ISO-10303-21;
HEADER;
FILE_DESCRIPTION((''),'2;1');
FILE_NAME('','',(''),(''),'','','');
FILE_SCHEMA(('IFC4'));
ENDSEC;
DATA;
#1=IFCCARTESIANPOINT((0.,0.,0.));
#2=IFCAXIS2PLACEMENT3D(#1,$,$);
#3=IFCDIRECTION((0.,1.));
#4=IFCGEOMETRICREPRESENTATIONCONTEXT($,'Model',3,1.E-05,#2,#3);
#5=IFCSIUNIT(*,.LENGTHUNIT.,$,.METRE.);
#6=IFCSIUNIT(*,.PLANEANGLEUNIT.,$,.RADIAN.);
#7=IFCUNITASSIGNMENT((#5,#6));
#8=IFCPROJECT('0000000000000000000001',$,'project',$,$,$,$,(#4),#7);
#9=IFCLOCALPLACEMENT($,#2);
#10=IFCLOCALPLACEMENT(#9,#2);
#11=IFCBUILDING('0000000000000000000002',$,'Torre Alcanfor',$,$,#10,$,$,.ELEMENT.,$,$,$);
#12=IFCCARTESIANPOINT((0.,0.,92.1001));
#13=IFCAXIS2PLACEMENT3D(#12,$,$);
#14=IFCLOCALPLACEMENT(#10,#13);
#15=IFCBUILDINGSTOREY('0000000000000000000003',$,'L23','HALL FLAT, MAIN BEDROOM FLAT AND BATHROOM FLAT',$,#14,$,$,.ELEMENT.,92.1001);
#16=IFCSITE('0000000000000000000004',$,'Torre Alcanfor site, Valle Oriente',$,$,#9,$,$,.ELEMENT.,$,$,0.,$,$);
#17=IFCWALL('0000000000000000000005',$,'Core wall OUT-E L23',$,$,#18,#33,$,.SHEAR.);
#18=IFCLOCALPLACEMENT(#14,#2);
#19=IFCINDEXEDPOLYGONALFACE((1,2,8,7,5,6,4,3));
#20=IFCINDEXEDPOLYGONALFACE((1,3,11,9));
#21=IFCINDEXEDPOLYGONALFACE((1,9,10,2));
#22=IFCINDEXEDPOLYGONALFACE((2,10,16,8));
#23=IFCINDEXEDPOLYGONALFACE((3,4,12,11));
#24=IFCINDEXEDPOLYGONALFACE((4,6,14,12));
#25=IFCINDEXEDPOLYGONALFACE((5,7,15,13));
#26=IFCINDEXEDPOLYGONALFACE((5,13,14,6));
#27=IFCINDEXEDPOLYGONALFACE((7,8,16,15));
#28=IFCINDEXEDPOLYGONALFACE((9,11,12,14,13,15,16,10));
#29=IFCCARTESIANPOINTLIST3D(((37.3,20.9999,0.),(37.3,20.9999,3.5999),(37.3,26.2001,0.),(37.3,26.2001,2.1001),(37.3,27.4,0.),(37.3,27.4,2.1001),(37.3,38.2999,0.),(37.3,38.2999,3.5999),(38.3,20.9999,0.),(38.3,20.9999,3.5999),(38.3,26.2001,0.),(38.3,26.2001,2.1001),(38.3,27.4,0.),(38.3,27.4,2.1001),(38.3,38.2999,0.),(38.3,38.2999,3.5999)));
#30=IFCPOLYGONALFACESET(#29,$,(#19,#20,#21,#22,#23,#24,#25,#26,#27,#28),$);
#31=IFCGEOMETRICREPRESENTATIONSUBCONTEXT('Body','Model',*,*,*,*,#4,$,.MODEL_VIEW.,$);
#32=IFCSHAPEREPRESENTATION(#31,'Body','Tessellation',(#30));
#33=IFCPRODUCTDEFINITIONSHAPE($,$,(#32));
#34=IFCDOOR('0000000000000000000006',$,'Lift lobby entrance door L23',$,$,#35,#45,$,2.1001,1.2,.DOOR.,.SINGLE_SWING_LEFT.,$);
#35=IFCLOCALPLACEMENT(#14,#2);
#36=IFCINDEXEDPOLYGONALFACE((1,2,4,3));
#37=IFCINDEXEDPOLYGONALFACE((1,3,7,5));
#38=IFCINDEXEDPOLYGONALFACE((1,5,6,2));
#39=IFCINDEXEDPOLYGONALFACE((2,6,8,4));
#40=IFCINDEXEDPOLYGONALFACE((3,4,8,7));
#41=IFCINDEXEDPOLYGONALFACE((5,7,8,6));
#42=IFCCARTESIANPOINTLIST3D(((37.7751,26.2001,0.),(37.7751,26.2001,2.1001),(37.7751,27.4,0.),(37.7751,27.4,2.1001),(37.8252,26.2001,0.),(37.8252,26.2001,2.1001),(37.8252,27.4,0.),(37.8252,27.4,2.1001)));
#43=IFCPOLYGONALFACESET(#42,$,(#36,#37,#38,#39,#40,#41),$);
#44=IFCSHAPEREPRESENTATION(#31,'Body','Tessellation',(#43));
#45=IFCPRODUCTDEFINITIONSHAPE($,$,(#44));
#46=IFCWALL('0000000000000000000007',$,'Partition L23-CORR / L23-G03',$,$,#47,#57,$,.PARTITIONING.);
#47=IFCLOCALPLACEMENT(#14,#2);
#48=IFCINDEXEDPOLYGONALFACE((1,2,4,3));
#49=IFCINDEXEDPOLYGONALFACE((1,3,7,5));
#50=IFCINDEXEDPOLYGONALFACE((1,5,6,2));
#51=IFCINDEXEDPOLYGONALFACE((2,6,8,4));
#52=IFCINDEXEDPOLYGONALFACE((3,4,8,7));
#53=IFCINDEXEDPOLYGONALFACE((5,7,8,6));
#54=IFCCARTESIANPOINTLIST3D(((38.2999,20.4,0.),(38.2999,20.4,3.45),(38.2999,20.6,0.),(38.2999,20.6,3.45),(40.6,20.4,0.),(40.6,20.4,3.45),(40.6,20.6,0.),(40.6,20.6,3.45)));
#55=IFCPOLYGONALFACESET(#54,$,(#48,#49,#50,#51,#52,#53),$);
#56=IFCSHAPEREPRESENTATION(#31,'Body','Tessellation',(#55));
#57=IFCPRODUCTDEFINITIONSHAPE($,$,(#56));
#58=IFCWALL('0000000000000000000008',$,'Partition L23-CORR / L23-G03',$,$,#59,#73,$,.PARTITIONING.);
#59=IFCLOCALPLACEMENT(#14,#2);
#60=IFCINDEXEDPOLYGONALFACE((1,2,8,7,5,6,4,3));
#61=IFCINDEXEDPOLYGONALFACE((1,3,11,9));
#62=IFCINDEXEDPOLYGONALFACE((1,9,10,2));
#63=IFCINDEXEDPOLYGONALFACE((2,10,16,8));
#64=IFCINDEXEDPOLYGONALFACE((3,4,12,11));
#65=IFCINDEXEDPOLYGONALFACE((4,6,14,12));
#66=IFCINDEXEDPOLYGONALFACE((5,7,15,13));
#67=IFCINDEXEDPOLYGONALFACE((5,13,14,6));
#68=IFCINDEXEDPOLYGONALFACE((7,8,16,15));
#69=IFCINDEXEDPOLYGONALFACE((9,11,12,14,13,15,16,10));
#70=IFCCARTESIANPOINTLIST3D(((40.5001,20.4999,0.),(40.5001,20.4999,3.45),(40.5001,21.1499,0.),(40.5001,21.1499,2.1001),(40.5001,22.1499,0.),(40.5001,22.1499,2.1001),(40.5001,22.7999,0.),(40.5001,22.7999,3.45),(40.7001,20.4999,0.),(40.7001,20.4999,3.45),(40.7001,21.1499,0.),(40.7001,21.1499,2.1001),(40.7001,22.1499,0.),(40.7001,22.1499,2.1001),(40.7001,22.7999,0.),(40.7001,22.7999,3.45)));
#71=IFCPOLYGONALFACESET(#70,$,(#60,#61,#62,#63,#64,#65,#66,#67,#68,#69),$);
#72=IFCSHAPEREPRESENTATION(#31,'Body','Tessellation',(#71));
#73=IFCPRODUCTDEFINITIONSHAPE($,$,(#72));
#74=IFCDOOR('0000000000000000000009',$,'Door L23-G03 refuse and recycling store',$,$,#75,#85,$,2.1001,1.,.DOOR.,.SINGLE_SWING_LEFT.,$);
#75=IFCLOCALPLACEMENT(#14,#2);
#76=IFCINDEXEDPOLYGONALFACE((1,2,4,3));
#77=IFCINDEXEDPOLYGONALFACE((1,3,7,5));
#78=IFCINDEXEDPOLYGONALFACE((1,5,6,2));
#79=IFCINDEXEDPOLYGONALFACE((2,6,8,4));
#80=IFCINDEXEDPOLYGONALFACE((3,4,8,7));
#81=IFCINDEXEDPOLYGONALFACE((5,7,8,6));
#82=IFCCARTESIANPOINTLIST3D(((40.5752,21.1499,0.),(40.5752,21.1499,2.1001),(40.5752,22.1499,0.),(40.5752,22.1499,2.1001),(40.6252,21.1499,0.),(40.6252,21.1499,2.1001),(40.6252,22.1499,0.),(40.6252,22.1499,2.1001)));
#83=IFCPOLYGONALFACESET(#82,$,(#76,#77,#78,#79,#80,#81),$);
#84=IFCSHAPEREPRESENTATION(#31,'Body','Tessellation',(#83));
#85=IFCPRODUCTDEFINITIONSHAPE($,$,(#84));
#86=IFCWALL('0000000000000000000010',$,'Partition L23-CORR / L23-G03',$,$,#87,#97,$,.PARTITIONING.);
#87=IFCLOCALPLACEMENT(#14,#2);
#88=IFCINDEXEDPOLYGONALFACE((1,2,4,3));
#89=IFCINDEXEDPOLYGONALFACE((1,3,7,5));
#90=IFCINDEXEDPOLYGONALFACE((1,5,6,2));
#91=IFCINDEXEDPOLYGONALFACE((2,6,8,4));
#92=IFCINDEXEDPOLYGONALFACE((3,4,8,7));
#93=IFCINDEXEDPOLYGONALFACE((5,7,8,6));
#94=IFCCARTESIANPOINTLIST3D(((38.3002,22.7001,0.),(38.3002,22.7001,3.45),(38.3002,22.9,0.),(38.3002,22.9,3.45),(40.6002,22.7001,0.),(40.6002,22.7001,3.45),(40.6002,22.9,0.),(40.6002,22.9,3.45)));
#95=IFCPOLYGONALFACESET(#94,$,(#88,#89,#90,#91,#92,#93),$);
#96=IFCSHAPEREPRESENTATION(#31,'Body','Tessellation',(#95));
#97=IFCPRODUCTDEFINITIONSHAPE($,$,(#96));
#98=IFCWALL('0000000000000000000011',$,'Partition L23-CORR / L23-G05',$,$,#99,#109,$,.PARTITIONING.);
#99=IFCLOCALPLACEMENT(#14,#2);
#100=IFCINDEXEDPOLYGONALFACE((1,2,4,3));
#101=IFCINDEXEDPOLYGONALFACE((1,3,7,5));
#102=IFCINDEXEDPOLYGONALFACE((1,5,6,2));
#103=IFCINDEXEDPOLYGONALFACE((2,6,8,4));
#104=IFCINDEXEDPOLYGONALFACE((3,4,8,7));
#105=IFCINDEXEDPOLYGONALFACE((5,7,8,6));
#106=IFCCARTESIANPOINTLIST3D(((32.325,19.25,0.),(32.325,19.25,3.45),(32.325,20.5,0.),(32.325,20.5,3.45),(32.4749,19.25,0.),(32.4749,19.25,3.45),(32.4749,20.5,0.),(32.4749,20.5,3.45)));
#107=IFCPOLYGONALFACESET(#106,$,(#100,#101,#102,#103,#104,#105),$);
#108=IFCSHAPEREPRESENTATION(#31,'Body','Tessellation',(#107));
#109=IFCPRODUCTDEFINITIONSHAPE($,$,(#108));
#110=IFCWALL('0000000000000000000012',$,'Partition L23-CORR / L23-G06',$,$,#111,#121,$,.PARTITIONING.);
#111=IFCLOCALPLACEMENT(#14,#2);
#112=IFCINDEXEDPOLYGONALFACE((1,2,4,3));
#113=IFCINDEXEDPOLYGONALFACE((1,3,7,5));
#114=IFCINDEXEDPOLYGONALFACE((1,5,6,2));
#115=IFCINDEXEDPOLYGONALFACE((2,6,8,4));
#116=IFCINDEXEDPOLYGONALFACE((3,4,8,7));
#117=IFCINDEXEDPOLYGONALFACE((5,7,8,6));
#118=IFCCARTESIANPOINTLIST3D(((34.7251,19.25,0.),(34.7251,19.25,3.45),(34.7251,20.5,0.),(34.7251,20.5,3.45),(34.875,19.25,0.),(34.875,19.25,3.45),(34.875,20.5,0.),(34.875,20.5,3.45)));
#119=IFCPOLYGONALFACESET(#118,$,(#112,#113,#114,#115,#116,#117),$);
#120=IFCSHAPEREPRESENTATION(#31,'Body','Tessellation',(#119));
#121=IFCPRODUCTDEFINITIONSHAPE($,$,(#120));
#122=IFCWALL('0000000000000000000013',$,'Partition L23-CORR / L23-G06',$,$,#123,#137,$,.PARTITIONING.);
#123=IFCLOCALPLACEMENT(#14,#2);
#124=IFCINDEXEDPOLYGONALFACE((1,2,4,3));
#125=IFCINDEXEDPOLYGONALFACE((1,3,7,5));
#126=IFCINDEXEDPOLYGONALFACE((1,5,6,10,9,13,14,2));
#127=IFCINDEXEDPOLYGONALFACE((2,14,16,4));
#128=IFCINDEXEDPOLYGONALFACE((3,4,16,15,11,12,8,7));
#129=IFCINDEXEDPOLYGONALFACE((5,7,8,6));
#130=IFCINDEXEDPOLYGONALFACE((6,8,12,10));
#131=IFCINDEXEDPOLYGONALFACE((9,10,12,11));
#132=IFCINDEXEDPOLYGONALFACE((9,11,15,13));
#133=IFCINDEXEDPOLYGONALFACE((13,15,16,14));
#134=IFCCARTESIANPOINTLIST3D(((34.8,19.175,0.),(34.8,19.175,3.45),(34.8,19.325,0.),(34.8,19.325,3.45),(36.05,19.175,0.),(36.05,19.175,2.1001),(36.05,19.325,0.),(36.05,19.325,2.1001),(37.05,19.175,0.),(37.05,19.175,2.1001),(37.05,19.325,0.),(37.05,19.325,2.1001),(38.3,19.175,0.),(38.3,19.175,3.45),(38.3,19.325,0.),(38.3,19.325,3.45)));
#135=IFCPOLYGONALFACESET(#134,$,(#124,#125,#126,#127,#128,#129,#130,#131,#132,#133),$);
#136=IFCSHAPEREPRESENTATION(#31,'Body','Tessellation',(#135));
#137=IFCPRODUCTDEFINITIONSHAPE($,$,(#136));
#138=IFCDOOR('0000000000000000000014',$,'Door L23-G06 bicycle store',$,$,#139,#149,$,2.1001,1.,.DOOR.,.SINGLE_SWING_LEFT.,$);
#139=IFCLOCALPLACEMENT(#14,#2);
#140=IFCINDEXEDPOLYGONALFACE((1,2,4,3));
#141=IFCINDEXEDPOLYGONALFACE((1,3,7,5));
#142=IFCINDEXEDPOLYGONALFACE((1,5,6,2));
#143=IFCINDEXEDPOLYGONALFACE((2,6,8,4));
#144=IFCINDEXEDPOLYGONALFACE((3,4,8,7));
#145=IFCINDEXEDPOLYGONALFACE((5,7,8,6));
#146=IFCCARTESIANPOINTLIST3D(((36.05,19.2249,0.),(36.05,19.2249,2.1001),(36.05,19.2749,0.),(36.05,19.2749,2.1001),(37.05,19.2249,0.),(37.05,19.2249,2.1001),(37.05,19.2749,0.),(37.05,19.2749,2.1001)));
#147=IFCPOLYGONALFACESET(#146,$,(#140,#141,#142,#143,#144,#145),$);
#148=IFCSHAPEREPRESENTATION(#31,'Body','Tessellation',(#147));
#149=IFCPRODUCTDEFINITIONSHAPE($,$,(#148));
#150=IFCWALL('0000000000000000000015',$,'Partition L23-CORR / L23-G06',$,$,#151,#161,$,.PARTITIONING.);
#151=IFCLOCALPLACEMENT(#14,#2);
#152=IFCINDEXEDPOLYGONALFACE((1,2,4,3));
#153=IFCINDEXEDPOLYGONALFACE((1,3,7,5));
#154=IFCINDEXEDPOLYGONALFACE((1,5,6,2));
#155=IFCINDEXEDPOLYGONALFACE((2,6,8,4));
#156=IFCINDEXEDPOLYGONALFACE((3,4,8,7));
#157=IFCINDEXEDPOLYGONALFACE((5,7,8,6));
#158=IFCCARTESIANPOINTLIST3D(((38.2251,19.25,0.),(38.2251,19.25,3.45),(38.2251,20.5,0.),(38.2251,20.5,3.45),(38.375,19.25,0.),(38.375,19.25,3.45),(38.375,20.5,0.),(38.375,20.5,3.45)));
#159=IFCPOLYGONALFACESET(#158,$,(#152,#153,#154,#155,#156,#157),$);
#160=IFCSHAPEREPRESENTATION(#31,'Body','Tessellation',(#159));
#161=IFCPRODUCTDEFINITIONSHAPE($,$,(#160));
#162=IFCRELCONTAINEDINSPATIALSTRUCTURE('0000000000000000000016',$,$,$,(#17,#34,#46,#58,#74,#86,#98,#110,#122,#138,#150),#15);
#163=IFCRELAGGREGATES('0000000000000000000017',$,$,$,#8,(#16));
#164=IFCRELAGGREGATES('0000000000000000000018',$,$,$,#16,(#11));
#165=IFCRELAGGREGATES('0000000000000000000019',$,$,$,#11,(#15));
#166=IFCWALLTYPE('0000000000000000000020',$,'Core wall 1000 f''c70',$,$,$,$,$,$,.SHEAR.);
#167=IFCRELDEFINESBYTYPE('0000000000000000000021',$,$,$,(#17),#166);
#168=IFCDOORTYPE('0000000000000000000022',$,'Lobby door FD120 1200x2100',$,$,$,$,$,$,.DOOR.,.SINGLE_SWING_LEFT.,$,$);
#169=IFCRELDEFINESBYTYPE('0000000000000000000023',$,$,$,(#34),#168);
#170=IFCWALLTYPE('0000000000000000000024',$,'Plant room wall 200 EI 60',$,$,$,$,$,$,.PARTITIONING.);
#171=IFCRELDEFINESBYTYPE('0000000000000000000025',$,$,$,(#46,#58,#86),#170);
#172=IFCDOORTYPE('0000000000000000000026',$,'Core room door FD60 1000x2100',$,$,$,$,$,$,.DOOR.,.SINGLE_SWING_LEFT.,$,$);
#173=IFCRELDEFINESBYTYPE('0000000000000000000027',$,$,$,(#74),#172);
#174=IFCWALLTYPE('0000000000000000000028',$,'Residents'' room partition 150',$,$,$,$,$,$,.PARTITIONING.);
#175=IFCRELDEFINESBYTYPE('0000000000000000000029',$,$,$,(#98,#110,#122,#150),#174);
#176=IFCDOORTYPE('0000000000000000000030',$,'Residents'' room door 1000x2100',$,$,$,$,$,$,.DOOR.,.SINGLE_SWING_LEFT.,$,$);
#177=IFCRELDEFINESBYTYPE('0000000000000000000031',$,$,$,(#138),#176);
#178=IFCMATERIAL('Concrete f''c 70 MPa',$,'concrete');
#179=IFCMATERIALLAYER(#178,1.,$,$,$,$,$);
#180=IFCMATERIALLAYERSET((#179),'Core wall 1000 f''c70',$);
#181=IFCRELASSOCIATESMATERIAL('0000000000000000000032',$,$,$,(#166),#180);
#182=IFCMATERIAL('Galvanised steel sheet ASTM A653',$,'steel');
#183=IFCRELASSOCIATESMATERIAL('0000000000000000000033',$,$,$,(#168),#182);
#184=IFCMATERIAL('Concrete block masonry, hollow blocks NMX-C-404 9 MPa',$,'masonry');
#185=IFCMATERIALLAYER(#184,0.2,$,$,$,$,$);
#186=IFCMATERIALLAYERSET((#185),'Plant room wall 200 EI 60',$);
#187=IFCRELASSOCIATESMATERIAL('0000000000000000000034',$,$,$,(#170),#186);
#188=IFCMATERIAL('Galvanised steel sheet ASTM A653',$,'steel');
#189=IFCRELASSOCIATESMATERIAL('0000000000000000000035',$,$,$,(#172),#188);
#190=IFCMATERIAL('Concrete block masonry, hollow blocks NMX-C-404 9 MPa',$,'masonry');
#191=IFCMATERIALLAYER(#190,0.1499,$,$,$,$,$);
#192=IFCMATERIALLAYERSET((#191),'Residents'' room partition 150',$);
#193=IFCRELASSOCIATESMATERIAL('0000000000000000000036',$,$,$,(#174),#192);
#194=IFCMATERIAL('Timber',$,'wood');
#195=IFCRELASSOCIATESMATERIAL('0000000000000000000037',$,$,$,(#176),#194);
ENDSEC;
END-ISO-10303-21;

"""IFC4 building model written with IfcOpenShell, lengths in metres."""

from ifc_helpers import new_model, si_unit, direction, frame, frame_2d, origin, place, context, subcontext, project, spatial, rectangle, extrude, material, layer, layer_set, type_object, element, fill, save


model = new_model("IFC4")

# Units and contexts
model_context = context("Model", 3, precision=1e-05, world=origin(), true_north=direction((0.0, 1.0)))
body_context = subcontext(model_context, "Body", "Model", "MODEL_VIEW")
ifc_project = project(units=[si_unit("LENGTHUNIT", "METRE"), si_unit("PLANEANGLEUNIT", "RADIAN")], contexts=[model_context])

# Site, building, storey
site_placement = place(None, origin())
site = spatial("IfcSite", under=ifc_project, at=site_placement, Name="Torre Alcanfor site, Valle Oriente", CompositionType="ELEMENT", RefElevation=0.0)
building_placement = place(site_placement, origin())
building = spatial("IfcBuilding", under=site, at=building_placement, Name="Torre Alcanfor", CompositionType="ELEMENT")
storey_placement = place(building_placement, frame((0.0, 0.0, 92.1001)))
storey = spatial("IfcBuildingStorey", under=building, at=storey_placement, Name="L23", Description="HALL FLAT, MAIN BEDROOM FLAT AND BATHROOM FLAT", CompositionType="ELEMENT", Elevation=92.1001)

# Wall, opening, door
ifc_material_1 = material(Name="Concrete f'c 70 MPa", Category="concrete")
ifc_layer_1 = layer(ifc_material_1, 1.0)
ifc_layer_set_1 = layer_set([ifc_layer_1], Name="Core wall 1000 f'c70")
wall_type_1 = type_object("IfcWallType", Name="Core wall 1000 f'c70", PredefinedType="SHEAR", material=ifc_layer_set_1)
wall_1_placement = place(storey_placement, frame((37.8, 21.0, 0.0), z_axis=(0.0, 0.0, 1.0), x_axis=(0.0, 1.0, 0.0)))
wall_1 = element("IfcWall", 1, at=wall_1_placement, inside=storey, type_object=wall_type_1, Name="Core wall OUT-E L23", PredefinedType="SHEAR", context=body_context, shape_type="SweptSolid", body=[
    extrude(rectangle(XDim=17.3, YDim=1.0, at=frame_2d((8.6499, 0.0))), origin(), (0.0, 0.0, 1.0), 3.5999),
])
opening_1_placement = place(wall_1_placement, frame((5.2, 0.0, 0.0)))
opening_1 = element("IfcOpeningElement", 2, at=opening_1_placement, cuts=wall_1, PredefinedType="OPENING", context=body_context, shape_type="SweptSolid", body=[
    extrude(rectangle(XDim=1.2, YDim=2.1001, at=frame_2d((0.6001, 1.05))), frame((0.0, 0.51, 0.0), z_axis=(0.0, -1.0, 0.0), x_axis=(1.0, 0.0, 0.0)), (0.0, 0.0, 1.0), 1.02),
])
ifc_material_2 = material(Name="Galvanised steel sheet ASTM A653", Category="steel")
door_type_1 = type_object("IfcDoorType", Name="Lobby door FD120 1200x2100", OperationType="SINGLE_SWING_LEFT", PredefinedType="DOOR", material=ifc_material_2)
door_1_placement = place(opening_1_placement, origin())
door_1 = element("IfcDoor", 3, at=door_1_placement, inside=storey, type_object=door_type_1, Name="Lift lobby entrance door L23", OperationType="SINGLE_SWING_LEFT", OverallHeight=2.1001, OverallWidth=1.2, PredefinedType="DOOR", context=body_context, shape_type="SweptSolid", body=[
    extrude(rectangle(XDim=1.2, YDim=2.1001, at=frame_2d((0.6001, 1.05))), frame((0.0, 0.0249, 0.0), z_axis=(0.0, -1.0, 0.0), x_axis=(1.0, 0.0, 0.0)), (0.0, 0.0, 1.0), 0.05),
])
fill(opening_1, door_1)

# Wall
ifc_material_3 = material(Name="Concrete block masonry, hollow blocks NMX-C-404 9 MPa", Category="masonry")
ifc_layer_2 = layer(ifc_material_3, 0.2)
ifc_layer_set_2 = layer_set([ifc_layer_2], Name="Plant room wall 200 EI 60")
wall_type_2 = type_object("IfcWallType", Name="Plant room wall 200 EI 60", PredefinedType="PARTITIONING", material=ifc_layer_set_2)
wall_2_placement = place(storey_placement, frame((38.3, 20.5, 0.0), z_axis=(0.0, 0.0, 1.0), x_axis=(1.0, 0.0, 0.0)))
element("IfcWall", 4, at=wall_2_placement, inside=storey, type_object=wall_type_2, Name="Partition L23-CORR / L23-G03", PredefinedType="PARTITIONING", context=body_context, shape_type="SweptSolid", body=[
    extrude(rectangle(XDim=2.3, YDim=0.2, at=frame_2d((1.1499, 0.0))), origin(), (0.0, 0.0, 1.0), 3.45),
])

# Wall, opening, door
wall_3_placement = place(storey_placement, frame((40.6001, 20.5, 0.0), z_axis=(0.0, 0.0, 1.0), x_axis=(0.0, 1.0, 0.0)))
wall_3 = element("IfcWall", 5, at=wall_3_placement, inside=storey, type_object=wall_type_2, Name="Partition L23-CORR / L23-G03", PredefinedType="PARTITIONING", context=body_context, shape_type="SweptSolid", body=[
    extrude(rectangle(XDim=2.3, YDim=0.2, at=frame_2d((1.1499, 0.0))), origin(), (0.0, 0.0, 1.0), 3.45),
])
opening_2_placement = place(wall_3_placement, frame((0.6499, 0.0, 0.0)))
opening_2 = element("IfcOpeningElement", 6, at=opening_2_placement, cuts=wall_3, PredefinedType="OPENING", context=body_context, shape_type="SweptSolid", body=[
    extrude(rectangle(XDim=1.0, YDim=2.1001, at=frame_2d((0.5, 1.05))), frame((0.0, 0.1099, 0.0), z_axis=(0.0, -1.0, 0.0), x_axis=(1.0, 0.0, 0.0)), (0.0, 0.0, 1.0), 0.22),
])
ifc_material_4 = material(Name="Galvanised steel sheet ASTM A653", Category="steel")
door_type_2 = type_object("IfcDoorType", Name="Core room door FD60 1000x2100", OperationType="SINGLE_SWING_LEFT", PredefinedType="DOOR", material=ifc_material_4)
door_2_placement = place(opening_2_placement, origin())
door_2 = element("IfcDoor", 7, at=door_2_placement, inside=storey, type_object=door_type_2, Name="Door L23-G03 refuse and recycling store", OperationType="SINGLE_SWING_LEFT", OverallHeight=2.1001, OverallWidth=1.0, PredefinedType="DOOR", context=body_context, shape_type="SweptSolid", body=[
    extrude(rectangle(XDim=1.0, YDim=2.1001, at=frame_2d((0.5, 1.05))), frame((0.0, 0.0249, 0.0), z_axis=(0.0, -1.0, 0.0), x_axis=(1.0, 0.0, 0.0)), (0.0, 0.0, 1.0), 0.05),
])
fill(opening_2, door_2)

# Walls
wall_4_placement = place(storey_placement, frame((40.6001, 22.8, 0.0), z_axis=(0.0, 0.0, 1.0), x_axis=(-1.0, 0.0, 0.0)))
element("IfcWall", 8, at=wall_4_placement, inside=storey, type_object=wall_type_2, Name="Partition L23-CORR / L23-G03", PredefinedType="PARTITIONING", context=body_context, shape_type="SweptSolid", body=[
    extrude(rectangle(XDim=2.3, YDim=0.2, at=frame_2d((1.1499, 0.0))), origin(), (0.0, 0.0, 1.0), 3.45),
])
ifc_material_5 = material(Name="Concrete block masonry, hollow blocks NMX-C-404 9 MPa", Category="masonry")
ifc_layer_3 = layer(ifc_material_5, 0.1499)
ifc_layer_set_3 = layer_set([ifc_layer_3], Name="Residents' room partition 150")
wall_type_3 = type_object("IfcWallType", Name="Residents' room partition 150", PredefinedType="PARTITIONING", material=ifc_layer_set_3)
for number, where, z_axis, x_axis, name in (
    (9, (32.3999, 19.25, 0.0), (0.0, 0.0, 1.0), (0.0, 1.0, 0.0), "Partition L23-CORR / L23-G05"),
    (10, (34.8, 20.5, 0.0), (0.0, 0.0, 1.0), (0.0, -1.0, 0.0), "Partition L23-CORR / L23-G06"),
):
    element("IfcWall", number, at=place(storey_placement, frame(where, z_axis=z_axis, x_axis=x_axis)), inside=storey, type_object=wall_type_3, Name=name, PredefinedType="PARTITIONING", context=body_context, shape_type="SweptSolid", body=[
        extrude(rectangle(XDim=1.25, YDim=0.1499, at=frame_2d((0.625, 0.0))), origin(), (0.0, 0.0, 1.0), 3.45),
    ])

# Wall, opening, door
wall_5_placement = place(storey_placement, frame((34.8, 19.25, 0.0), z_axis=(0.0, 0.0, 1.0), x_axis=(1.0, 0.0, 0.0)))
wall_5 = element("IfcWall", 11, at=wall_5_placement, inside=storey, type_object=wall_type_3, Name="Partition L23-CORR / L23-G06", PredefinedType="PARTITIONING", context=body_context, shape_type="SweptSolid", body=[
    extrude(rectangle(XDim=3.5, YDim=0.1499, at=frame_2d((1.75, 0.0))), origin(), (0.0, 0.0, 1.0), 3.45),
])
opening_3_placement = place(wall_5_placement, frame((1.25, 0.0, 0.0)))
opening_3 = element("IfcOpeningElement", 12, at=opening_3_placement, cuts=wall_5, PredefinedType="OPENING", context=body_context, shape_type="SweptSolid", body=[
    extrude(rectangle(XDim=1.0, YDim=2.1001, at=frame_2d((0.5, 1.05))), frame((0.0, 0.085, 0.0), z_axis=(0.0, -1.0, 0.0), x_axis=(1.0, 0.0, 0.0)), (0.0, 0.0, 1.0), 0.1699),
])
ifc_material_6 = material(Name="Timber", Category="wood")
door_type_3 = type_object("IfcDoorType", Name="Residents' room door 1000x2100", OperationType="SINGLE_SWING_LEFT", PredefinedType="DOOR", material=ifc_material_6)
door_3_placement = place(opening_3_placement, origin())
door_3 = element("IfcDoor", 13, at=door_3_placement, inside=storey, type_object=door_type_3, Name="Door L23-G06 bicycle store", OperationType="SINGLE_SWING_LEFT", OverallHeight=2.1001, OverallWidth=1.0, PredefinedType="DOOR", context=body_context, shape_type="SweptSolid", body=[
    extrude(rectangle(XDim=1.0, YDim=2.1001, at=frame_2d((0.5, 1.05))), frame((0.0, 0.0249, 0.0), z_axis=(0.0, -1.0, 0.0), x_axis=(1.0, 0.0, 0.0)), (0.0, 0.0, 1.0), 0.05),
])
fill(opening_3, door_3)

# Wall
wall_6_placement = place(storey_placement, frame((38.3, 19.25, 0.0), z_axis=(0.0, 0.0, 1.0), x_axis=(0.0, 1.0, 0.0)))
element("IfcWall", 14, at=wall_6_placement, inside=storey, type_object=wall_type_3, Name="Partition L23-CORR / L23-G06", PredefinedType="PARTITIONING", context=body_context, shape_type="SweptSolid", body=[
    extrude(rectangle(XDim=1.25, YDim=0.1499, at=frame_2d((0.625, 0.0))), origin(), (0.0, 0.0, 1.0), 3.45),
])

save(model, "model.ifc")
